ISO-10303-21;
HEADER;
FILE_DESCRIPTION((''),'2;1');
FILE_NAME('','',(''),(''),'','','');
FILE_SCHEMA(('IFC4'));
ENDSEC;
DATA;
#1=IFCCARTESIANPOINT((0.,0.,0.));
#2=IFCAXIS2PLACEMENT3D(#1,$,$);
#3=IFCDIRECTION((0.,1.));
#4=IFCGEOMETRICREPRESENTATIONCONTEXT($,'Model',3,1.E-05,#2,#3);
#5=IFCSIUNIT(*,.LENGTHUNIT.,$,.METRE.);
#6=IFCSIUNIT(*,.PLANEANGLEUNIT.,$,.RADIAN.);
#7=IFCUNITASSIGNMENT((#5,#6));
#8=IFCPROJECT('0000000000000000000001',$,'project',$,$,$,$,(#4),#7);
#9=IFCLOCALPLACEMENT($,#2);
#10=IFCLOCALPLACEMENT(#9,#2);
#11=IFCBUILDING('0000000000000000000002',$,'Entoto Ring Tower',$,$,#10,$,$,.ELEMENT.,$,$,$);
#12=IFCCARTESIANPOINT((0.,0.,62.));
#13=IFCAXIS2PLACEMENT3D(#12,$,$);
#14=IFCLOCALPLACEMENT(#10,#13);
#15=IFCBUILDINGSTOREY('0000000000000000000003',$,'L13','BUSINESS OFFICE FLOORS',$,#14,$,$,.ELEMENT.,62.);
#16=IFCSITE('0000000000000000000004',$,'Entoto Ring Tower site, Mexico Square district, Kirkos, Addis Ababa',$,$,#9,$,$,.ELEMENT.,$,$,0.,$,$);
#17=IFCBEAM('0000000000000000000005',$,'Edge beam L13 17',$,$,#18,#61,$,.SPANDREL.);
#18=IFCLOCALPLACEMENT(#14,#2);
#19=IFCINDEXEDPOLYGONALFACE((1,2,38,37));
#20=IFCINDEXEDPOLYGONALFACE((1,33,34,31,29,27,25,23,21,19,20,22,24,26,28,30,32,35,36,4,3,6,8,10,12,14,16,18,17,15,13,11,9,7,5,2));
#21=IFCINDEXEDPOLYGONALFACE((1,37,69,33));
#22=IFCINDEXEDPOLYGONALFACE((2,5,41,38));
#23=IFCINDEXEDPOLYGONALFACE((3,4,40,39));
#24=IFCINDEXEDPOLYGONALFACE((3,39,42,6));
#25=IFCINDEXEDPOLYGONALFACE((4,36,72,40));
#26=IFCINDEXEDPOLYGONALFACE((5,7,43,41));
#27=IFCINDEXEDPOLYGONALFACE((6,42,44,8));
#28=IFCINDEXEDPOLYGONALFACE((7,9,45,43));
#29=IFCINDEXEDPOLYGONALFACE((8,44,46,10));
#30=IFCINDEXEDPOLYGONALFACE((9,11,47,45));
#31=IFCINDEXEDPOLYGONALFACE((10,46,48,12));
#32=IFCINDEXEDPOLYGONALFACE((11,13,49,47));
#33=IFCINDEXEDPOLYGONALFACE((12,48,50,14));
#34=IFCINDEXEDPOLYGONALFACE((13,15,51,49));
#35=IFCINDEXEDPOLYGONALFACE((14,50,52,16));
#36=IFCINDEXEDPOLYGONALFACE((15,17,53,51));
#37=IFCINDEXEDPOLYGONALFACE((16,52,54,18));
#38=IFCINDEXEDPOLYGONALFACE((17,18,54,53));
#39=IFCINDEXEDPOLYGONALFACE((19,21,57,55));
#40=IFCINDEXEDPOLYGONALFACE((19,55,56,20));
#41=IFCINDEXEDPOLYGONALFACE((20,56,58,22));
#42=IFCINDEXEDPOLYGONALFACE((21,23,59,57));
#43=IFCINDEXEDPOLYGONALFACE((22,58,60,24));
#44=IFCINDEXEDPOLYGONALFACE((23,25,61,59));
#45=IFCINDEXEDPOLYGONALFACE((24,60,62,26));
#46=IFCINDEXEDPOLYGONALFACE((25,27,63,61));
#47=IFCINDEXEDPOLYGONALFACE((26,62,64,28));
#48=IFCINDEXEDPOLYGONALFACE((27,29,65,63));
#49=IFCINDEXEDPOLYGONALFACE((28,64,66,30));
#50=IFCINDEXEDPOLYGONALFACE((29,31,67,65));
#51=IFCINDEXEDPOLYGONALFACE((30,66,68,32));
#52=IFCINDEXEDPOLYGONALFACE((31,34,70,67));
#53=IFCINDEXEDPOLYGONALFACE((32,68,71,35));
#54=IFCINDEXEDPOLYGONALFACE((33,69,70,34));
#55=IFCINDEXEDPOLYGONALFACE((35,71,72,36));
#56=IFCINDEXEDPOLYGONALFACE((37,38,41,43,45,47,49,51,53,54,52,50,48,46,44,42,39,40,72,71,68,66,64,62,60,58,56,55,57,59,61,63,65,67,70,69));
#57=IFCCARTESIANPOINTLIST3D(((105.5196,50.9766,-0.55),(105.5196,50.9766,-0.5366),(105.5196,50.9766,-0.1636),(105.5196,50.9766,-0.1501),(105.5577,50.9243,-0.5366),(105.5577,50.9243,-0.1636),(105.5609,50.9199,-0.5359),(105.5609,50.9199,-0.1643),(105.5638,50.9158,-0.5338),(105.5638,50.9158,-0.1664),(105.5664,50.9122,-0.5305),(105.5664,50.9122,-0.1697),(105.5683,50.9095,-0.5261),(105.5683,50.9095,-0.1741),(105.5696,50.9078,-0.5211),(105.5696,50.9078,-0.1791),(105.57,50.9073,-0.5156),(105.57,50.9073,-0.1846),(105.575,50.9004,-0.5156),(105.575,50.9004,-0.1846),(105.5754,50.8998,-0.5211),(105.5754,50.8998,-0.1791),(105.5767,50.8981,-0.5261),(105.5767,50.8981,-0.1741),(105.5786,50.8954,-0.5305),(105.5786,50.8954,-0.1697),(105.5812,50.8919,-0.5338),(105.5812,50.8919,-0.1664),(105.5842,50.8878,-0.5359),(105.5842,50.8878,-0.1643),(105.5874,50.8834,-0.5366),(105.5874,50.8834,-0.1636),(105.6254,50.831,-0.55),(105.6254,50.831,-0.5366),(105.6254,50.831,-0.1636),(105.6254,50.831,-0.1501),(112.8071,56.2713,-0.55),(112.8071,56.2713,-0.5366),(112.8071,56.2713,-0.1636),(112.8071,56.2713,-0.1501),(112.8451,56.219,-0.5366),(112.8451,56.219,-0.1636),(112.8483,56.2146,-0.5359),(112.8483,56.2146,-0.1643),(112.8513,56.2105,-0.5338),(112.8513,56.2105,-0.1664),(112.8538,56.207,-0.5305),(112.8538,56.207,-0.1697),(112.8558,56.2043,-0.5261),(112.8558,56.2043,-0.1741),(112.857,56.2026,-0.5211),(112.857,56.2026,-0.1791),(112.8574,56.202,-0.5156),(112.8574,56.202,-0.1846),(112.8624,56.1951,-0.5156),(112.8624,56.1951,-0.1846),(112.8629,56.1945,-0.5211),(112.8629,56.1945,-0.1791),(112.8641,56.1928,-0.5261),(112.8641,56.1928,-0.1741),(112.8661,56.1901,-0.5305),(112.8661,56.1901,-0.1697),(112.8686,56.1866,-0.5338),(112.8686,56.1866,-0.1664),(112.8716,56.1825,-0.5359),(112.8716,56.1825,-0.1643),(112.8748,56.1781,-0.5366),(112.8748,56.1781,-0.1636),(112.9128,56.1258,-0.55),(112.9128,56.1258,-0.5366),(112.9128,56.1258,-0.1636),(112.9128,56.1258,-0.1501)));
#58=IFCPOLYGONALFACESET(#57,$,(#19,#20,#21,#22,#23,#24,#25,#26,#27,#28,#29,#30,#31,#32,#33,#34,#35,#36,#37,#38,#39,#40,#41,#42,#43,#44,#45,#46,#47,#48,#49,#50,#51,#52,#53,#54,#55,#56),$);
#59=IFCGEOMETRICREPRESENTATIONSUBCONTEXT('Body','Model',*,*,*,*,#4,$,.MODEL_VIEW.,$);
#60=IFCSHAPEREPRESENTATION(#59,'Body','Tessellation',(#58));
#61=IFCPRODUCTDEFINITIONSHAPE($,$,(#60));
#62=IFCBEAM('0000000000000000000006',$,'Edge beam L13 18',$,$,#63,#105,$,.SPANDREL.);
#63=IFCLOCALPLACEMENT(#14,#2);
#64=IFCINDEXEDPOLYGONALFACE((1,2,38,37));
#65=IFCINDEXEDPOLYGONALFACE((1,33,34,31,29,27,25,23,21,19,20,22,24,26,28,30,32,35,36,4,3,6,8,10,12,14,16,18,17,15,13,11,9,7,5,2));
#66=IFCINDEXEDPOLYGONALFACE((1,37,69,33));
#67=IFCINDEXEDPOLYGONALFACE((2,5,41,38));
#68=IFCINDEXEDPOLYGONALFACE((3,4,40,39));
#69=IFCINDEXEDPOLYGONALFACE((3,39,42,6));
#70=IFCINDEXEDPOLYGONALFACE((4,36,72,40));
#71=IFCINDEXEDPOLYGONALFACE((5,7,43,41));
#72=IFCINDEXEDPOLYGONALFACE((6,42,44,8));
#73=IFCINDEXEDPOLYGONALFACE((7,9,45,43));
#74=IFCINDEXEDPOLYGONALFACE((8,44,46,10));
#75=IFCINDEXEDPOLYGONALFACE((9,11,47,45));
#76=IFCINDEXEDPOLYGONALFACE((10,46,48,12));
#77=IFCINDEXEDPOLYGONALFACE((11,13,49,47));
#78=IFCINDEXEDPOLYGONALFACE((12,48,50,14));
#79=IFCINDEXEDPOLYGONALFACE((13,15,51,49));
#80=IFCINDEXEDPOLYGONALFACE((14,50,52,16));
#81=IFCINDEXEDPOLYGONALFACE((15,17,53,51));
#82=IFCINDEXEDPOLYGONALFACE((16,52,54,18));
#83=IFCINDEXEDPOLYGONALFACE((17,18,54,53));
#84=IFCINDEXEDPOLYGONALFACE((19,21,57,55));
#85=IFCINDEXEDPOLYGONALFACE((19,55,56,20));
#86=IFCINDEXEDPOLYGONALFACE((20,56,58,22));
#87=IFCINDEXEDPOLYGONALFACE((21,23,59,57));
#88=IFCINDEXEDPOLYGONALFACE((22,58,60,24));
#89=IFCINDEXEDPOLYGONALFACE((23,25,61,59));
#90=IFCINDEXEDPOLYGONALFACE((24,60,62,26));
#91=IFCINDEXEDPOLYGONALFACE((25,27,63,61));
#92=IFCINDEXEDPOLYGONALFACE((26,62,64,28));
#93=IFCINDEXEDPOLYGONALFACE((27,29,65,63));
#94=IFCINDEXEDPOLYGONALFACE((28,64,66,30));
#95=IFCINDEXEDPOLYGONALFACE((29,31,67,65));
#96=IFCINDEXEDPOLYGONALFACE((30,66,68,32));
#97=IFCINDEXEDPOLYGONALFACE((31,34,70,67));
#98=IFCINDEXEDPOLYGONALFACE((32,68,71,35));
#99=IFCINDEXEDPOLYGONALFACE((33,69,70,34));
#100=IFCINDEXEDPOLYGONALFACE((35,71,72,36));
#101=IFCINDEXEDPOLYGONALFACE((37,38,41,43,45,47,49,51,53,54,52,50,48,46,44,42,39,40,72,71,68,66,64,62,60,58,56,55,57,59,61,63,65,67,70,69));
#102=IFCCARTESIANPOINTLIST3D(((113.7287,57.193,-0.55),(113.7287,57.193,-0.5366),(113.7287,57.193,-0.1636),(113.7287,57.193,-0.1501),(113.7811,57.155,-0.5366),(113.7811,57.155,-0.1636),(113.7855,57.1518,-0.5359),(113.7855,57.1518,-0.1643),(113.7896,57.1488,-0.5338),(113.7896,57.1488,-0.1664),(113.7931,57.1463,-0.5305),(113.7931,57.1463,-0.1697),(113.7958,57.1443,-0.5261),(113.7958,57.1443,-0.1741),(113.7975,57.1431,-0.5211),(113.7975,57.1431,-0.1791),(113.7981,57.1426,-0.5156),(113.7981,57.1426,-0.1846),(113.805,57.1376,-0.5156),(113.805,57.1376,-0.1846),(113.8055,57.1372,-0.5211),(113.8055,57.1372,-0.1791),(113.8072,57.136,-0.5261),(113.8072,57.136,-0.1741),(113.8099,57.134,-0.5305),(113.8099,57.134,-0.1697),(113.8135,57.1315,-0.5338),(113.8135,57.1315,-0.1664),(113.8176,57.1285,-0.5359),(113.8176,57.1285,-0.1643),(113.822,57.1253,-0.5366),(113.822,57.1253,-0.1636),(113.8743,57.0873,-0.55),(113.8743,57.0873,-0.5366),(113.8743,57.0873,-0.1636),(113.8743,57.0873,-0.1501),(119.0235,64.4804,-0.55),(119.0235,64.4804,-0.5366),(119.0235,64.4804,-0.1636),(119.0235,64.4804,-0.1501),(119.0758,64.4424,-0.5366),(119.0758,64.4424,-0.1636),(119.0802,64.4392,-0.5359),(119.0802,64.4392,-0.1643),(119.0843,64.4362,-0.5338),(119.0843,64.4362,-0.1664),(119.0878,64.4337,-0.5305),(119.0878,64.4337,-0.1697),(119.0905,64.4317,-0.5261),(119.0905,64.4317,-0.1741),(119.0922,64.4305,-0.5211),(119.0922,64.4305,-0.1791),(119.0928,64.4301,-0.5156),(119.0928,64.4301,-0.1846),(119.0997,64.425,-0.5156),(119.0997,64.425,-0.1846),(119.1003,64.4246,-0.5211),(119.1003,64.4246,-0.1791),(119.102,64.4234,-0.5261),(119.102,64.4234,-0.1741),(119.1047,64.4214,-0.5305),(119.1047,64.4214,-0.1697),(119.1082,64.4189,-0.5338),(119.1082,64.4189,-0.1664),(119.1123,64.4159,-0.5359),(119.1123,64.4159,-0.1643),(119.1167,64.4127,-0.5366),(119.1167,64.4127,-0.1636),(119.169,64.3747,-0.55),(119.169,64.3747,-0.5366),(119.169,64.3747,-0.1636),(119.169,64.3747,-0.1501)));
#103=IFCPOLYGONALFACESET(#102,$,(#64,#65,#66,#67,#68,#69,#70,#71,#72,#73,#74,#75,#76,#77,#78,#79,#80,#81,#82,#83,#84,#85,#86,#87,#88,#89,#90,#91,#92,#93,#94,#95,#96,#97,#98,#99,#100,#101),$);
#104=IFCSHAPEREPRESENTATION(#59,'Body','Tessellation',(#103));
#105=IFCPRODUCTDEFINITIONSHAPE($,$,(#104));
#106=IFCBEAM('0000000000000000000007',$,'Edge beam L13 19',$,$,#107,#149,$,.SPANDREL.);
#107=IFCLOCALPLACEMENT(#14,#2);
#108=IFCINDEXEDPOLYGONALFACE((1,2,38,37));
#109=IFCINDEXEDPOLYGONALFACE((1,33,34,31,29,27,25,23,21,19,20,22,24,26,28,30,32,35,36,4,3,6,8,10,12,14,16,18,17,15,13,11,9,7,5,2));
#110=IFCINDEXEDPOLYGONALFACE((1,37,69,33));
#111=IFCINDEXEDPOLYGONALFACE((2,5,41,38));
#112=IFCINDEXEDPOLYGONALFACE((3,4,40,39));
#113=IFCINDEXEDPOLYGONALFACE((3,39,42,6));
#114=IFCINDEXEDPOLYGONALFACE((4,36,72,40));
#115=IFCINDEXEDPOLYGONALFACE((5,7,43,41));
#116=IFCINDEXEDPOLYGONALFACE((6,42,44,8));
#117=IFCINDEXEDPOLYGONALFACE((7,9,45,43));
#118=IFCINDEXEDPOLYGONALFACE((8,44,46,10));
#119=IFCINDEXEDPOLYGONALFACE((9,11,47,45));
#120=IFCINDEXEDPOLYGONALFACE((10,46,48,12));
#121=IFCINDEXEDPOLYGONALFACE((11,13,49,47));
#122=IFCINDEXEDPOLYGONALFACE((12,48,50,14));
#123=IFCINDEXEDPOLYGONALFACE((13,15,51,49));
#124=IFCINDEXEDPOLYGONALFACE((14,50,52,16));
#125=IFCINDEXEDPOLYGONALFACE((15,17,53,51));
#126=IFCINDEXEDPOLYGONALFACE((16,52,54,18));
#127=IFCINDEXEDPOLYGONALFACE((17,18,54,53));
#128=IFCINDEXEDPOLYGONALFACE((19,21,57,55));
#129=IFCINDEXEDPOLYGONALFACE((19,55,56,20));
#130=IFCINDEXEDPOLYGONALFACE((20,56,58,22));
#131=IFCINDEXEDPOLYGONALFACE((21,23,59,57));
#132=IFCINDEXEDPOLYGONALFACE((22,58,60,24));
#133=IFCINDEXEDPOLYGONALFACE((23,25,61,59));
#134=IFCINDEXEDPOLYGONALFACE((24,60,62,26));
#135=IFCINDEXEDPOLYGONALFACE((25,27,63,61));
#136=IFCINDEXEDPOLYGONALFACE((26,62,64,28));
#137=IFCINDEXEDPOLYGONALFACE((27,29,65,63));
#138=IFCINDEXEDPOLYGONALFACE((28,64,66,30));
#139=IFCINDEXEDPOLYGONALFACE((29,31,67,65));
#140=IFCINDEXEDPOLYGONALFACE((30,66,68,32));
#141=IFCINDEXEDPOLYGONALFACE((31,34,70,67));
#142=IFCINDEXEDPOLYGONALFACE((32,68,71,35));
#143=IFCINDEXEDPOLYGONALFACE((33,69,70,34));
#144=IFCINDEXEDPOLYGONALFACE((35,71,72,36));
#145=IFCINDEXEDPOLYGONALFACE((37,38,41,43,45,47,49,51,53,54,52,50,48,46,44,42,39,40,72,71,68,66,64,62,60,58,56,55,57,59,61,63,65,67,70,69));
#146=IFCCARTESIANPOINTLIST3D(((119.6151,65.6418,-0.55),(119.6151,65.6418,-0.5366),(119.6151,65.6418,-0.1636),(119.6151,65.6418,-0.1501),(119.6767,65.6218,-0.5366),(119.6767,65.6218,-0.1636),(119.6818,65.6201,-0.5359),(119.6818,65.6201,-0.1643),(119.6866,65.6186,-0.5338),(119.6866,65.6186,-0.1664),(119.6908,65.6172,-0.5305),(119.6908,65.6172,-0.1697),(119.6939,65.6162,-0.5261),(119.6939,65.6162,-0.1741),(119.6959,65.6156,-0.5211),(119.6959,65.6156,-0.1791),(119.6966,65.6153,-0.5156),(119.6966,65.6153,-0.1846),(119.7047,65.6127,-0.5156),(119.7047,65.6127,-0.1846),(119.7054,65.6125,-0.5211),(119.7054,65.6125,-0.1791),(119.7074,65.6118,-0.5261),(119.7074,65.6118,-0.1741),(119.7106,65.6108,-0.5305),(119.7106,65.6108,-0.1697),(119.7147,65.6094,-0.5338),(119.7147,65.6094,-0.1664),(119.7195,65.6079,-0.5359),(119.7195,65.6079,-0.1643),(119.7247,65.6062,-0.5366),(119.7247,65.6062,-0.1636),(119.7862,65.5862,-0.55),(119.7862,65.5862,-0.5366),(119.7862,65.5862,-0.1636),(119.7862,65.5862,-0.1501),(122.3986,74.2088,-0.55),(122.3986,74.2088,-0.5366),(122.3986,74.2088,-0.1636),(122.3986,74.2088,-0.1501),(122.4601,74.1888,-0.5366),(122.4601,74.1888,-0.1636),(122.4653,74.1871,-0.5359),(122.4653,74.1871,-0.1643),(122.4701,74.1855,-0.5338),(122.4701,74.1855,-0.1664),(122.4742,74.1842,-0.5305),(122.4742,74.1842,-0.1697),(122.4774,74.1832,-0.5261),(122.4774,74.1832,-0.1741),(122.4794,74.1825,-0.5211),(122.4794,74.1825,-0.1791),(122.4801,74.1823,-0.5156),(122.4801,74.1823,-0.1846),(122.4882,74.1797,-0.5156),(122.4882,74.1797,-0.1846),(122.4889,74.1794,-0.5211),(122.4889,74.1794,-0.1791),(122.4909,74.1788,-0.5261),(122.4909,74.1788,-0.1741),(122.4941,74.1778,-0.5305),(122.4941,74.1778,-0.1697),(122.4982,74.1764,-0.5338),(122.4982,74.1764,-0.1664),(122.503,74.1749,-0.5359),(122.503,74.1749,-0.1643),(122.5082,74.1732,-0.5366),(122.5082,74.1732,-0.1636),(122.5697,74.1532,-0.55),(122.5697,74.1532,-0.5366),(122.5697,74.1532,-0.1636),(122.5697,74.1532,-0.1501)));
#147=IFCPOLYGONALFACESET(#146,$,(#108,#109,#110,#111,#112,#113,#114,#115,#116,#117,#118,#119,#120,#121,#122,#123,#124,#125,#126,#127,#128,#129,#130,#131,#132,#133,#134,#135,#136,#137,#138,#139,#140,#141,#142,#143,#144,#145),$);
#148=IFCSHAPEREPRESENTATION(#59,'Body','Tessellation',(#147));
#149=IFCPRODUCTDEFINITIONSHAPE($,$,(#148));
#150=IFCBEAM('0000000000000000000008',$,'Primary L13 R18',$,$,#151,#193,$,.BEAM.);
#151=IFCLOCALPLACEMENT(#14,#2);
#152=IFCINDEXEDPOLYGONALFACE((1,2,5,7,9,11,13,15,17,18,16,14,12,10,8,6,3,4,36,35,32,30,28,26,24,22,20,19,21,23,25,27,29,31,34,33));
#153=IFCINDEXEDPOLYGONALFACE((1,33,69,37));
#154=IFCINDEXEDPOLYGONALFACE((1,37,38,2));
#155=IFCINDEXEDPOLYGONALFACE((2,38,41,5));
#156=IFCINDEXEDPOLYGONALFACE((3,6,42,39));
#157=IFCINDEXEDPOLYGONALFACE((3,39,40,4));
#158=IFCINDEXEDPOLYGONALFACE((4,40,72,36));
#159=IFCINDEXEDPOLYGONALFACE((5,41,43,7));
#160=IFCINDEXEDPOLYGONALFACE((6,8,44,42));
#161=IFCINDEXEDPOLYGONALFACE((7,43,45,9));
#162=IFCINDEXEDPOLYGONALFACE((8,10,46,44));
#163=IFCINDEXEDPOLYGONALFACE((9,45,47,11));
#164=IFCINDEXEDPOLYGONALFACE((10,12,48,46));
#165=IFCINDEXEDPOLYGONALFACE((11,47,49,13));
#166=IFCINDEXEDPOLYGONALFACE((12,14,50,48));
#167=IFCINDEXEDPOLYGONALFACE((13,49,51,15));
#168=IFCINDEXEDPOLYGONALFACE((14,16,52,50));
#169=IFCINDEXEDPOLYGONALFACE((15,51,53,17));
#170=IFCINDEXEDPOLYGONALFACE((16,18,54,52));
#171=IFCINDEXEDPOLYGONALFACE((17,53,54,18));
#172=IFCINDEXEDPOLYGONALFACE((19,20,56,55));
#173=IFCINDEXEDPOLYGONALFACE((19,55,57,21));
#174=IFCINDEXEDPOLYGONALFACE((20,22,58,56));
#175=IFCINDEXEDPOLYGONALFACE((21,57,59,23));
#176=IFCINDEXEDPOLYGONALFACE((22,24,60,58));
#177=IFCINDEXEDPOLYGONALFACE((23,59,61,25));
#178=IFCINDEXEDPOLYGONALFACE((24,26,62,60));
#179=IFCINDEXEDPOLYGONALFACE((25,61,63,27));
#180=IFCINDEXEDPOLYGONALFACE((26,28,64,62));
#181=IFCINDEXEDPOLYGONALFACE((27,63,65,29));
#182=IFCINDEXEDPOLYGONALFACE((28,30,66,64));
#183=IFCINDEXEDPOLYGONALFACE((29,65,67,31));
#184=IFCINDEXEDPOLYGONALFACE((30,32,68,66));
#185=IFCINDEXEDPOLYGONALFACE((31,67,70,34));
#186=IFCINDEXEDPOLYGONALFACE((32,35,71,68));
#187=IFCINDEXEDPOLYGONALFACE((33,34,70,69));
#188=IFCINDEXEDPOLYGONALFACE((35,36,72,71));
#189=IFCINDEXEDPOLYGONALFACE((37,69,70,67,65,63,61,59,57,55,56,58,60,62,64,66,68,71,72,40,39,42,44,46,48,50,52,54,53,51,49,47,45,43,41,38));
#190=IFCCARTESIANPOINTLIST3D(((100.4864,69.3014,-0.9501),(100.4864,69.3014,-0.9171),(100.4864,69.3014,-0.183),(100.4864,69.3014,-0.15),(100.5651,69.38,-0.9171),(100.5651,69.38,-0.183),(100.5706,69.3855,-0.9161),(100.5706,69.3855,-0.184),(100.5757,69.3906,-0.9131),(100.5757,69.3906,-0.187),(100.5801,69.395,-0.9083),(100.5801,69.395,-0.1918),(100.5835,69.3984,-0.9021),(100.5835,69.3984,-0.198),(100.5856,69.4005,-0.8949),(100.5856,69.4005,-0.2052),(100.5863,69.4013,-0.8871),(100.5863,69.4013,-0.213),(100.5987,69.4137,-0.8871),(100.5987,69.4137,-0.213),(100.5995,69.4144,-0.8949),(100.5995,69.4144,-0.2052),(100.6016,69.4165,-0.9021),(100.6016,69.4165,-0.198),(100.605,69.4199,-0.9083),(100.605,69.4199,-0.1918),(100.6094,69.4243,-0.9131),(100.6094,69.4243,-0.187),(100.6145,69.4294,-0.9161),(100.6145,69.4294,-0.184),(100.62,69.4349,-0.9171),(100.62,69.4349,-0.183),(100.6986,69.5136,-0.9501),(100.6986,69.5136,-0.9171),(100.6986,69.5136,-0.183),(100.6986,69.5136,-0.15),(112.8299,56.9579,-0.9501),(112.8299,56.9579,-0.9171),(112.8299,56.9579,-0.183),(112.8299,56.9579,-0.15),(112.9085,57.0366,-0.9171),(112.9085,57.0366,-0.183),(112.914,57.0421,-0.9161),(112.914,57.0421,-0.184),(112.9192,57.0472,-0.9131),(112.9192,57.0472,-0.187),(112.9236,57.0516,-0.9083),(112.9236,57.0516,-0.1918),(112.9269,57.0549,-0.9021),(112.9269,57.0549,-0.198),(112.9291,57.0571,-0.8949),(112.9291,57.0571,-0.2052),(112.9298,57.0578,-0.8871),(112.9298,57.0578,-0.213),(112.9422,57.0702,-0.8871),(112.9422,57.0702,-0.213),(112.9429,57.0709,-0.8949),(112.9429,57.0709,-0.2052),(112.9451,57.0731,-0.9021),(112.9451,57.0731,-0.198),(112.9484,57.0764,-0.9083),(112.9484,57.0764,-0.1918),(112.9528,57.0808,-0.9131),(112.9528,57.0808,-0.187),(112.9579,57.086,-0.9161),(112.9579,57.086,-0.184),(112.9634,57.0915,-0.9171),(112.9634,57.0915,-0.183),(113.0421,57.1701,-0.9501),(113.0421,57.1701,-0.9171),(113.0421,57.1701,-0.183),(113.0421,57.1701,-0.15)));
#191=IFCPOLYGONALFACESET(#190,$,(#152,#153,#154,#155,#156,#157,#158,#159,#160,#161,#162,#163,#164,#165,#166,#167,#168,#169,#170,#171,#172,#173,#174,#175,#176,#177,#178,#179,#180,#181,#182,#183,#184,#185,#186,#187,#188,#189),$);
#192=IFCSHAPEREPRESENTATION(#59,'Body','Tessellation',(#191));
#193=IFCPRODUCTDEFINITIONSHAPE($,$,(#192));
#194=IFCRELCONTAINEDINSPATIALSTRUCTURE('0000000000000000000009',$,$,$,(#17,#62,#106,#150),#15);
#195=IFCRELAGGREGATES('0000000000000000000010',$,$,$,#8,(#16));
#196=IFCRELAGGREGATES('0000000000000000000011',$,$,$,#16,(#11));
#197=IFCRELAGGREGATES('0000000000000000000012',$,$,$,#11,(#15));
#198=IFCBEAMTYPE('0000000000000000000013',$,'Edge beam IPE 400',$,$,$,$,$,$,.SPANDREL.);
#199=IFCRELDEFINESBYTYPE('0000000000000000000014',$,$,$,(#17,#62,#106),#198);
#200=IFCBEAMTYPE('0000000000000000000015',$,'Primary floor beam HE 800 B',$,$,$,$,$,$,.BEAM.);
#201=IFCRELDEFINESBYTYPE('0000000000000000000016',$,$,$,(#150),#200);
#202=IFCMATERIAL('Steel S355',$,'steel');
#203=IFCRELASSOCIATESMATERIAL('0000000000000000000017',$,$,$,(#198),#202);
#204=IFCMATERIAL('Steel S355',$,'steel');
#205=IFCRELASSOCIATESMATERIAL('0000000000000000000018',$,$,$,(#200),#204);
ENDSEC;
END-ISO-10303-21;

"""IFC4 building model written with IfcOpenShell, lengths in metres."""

from ifc_helpers import new_model, si_unit, direction, frame, origin, origin_2d, place, context, subcontext, project, spatial, i_section, extrude, material, material_profile, profile_set, type_object, element, save


model = new_model("IFC4")

# Units and contexts
model_context = context("Model", 3, precision=1e-05, world=origin(), true_north=direction((0.0, 1.0)))
body_context = subcontext(model_context, "Body", "Model", "MODEL_VIEW")
ifc_project = project(units=[si_unit("LENGTHUNIT", "METRE"), si_unit("PLANEANGLEUNIT", "RADIAN")], contexts=[model_context])

# Site, building, storey
site_placement = place(None, origin())
site = spatial("IfcSite", under=ifc_project, at=site_placement, Name="Entoto Ring Tower site, Mexico Square district, Kirkos, Addis Ababa", CompositionType="ELEMENT", RefElevation=0.0)
building_placement = place(site_placement, origin())
building = spatial("IfcBuilding", under=site, at=building_placement, Name="Entoto Ring Tower", CompositionType="ELEMENT")
storey_placement = place(building_placement, frame((0.0, 0.0, 62.0)))
storey = spatial("IfcBuildingStorey", under=building, at=storey_placement, Name="L13", Description="BUSINESS OFFICE FLOORS", CompositionType="ELEMENT", Elevation=62.0)

# Beams
ifc_material_1 = material(Name="Steel S355", Category="steel")
ifc_material_profile_1 = material_profile(ifc_material_1, i_section(OverallWidth=0.1799, OverallDepth=0.3999, WebThickness=0.0085, FlangeThickness=0.0134, FilletRadius=0.021, at=origin_2d()), Name="IPE 400")
ifc_profile_set_1 = profile_set([ifc_material_profile_1], Name="Steel S355")
beam_type_1 = type_object("IfcBeamType", Name="Edge beam IPE 400", PredefinedType="SPANDREL", material=ifc_profile_set_1)
for number, where, z_axis, x_axis, name in (
    (1, (105.5725, 50.9038, -0.3501), (0.809011, 0.587793, 0.0), (-0.587793, 0.809011, 0.0), "Edge beam L13 17"),
    (2, (113.8015, 57.1401, -0.3501), (0.587793, 0.809011, 0.0), (-0.809011, 0.587793, 0.0), "Edge beam L13 18"),
    (3, (119.7007, 65.614, -0.3501), (0.309006, 0.95106, 0.0), (-0.95106, 0.309006, 0.0), "Edge beam L13 19"),
):
    element("IfcBeam", number, at=place(storey_placement, frame(where, z_axis=z_axis, x_axis=x_axis)), inside=storey, type_object=beam_type_1, Name=name, PredefinedType="SPANDREL", context=body_context, shape_type="SweptSolid", body=[
        extrude(i_section(OverallWidth=0.1799, OverallDepth=0.3999, WebThickness=0.0085, FlangeThickness=0.0134, FilletRadius=0.021, at=origin_2d()), origin(), (0.0, 0.0, 1.0), 9.0078),
    ])
ifc_material_2 = material(Name="Steel S355", Category="steel")
ifc_material_profile_2 = material_profile(ifc_material_2, i_section(OverallWidth=0.3, OverallDepth=0.8, WebThickness=0.0176, FlangeThickness=0.033, FilletRadius=0.03, at=origin_2d()), Name="HE 800 B")
ifc_profile_set_2 = profile_set([ifc_material_profile_2], Name="Steel S355")
beam_type_2 = type_object("IfcBeamType", Name="Primary floor beam HE 800 B", PredefinedType="BEAM", material=ifc_profile_set_2)
beam_1_placement = place(storey_placement, frame((100.5925, 69.4075, -0.55), z_axis=(0.707107, -0.707107, 0.0), x_axis=(0.707107, 0.707107, 0.0)))
element("IfcBeam", 4, at=beam_1_placement, inside=storey, type_object=beam_type_2, Name="Primary L13 R18", PredefinedType="BEAM", context=body_context, shape_type="SweptSolid", body=[
    extrude(i_section(OverallWidth=0.3, OverallDepth=0.8, WebThickness=0.0176, FlangeThickness=0.033, FilletRadius=0.03, at=origin_2d()), origin(), (0.0, 0.0, 1.0), 17.4563),
])

save(model, "model.ifc")
